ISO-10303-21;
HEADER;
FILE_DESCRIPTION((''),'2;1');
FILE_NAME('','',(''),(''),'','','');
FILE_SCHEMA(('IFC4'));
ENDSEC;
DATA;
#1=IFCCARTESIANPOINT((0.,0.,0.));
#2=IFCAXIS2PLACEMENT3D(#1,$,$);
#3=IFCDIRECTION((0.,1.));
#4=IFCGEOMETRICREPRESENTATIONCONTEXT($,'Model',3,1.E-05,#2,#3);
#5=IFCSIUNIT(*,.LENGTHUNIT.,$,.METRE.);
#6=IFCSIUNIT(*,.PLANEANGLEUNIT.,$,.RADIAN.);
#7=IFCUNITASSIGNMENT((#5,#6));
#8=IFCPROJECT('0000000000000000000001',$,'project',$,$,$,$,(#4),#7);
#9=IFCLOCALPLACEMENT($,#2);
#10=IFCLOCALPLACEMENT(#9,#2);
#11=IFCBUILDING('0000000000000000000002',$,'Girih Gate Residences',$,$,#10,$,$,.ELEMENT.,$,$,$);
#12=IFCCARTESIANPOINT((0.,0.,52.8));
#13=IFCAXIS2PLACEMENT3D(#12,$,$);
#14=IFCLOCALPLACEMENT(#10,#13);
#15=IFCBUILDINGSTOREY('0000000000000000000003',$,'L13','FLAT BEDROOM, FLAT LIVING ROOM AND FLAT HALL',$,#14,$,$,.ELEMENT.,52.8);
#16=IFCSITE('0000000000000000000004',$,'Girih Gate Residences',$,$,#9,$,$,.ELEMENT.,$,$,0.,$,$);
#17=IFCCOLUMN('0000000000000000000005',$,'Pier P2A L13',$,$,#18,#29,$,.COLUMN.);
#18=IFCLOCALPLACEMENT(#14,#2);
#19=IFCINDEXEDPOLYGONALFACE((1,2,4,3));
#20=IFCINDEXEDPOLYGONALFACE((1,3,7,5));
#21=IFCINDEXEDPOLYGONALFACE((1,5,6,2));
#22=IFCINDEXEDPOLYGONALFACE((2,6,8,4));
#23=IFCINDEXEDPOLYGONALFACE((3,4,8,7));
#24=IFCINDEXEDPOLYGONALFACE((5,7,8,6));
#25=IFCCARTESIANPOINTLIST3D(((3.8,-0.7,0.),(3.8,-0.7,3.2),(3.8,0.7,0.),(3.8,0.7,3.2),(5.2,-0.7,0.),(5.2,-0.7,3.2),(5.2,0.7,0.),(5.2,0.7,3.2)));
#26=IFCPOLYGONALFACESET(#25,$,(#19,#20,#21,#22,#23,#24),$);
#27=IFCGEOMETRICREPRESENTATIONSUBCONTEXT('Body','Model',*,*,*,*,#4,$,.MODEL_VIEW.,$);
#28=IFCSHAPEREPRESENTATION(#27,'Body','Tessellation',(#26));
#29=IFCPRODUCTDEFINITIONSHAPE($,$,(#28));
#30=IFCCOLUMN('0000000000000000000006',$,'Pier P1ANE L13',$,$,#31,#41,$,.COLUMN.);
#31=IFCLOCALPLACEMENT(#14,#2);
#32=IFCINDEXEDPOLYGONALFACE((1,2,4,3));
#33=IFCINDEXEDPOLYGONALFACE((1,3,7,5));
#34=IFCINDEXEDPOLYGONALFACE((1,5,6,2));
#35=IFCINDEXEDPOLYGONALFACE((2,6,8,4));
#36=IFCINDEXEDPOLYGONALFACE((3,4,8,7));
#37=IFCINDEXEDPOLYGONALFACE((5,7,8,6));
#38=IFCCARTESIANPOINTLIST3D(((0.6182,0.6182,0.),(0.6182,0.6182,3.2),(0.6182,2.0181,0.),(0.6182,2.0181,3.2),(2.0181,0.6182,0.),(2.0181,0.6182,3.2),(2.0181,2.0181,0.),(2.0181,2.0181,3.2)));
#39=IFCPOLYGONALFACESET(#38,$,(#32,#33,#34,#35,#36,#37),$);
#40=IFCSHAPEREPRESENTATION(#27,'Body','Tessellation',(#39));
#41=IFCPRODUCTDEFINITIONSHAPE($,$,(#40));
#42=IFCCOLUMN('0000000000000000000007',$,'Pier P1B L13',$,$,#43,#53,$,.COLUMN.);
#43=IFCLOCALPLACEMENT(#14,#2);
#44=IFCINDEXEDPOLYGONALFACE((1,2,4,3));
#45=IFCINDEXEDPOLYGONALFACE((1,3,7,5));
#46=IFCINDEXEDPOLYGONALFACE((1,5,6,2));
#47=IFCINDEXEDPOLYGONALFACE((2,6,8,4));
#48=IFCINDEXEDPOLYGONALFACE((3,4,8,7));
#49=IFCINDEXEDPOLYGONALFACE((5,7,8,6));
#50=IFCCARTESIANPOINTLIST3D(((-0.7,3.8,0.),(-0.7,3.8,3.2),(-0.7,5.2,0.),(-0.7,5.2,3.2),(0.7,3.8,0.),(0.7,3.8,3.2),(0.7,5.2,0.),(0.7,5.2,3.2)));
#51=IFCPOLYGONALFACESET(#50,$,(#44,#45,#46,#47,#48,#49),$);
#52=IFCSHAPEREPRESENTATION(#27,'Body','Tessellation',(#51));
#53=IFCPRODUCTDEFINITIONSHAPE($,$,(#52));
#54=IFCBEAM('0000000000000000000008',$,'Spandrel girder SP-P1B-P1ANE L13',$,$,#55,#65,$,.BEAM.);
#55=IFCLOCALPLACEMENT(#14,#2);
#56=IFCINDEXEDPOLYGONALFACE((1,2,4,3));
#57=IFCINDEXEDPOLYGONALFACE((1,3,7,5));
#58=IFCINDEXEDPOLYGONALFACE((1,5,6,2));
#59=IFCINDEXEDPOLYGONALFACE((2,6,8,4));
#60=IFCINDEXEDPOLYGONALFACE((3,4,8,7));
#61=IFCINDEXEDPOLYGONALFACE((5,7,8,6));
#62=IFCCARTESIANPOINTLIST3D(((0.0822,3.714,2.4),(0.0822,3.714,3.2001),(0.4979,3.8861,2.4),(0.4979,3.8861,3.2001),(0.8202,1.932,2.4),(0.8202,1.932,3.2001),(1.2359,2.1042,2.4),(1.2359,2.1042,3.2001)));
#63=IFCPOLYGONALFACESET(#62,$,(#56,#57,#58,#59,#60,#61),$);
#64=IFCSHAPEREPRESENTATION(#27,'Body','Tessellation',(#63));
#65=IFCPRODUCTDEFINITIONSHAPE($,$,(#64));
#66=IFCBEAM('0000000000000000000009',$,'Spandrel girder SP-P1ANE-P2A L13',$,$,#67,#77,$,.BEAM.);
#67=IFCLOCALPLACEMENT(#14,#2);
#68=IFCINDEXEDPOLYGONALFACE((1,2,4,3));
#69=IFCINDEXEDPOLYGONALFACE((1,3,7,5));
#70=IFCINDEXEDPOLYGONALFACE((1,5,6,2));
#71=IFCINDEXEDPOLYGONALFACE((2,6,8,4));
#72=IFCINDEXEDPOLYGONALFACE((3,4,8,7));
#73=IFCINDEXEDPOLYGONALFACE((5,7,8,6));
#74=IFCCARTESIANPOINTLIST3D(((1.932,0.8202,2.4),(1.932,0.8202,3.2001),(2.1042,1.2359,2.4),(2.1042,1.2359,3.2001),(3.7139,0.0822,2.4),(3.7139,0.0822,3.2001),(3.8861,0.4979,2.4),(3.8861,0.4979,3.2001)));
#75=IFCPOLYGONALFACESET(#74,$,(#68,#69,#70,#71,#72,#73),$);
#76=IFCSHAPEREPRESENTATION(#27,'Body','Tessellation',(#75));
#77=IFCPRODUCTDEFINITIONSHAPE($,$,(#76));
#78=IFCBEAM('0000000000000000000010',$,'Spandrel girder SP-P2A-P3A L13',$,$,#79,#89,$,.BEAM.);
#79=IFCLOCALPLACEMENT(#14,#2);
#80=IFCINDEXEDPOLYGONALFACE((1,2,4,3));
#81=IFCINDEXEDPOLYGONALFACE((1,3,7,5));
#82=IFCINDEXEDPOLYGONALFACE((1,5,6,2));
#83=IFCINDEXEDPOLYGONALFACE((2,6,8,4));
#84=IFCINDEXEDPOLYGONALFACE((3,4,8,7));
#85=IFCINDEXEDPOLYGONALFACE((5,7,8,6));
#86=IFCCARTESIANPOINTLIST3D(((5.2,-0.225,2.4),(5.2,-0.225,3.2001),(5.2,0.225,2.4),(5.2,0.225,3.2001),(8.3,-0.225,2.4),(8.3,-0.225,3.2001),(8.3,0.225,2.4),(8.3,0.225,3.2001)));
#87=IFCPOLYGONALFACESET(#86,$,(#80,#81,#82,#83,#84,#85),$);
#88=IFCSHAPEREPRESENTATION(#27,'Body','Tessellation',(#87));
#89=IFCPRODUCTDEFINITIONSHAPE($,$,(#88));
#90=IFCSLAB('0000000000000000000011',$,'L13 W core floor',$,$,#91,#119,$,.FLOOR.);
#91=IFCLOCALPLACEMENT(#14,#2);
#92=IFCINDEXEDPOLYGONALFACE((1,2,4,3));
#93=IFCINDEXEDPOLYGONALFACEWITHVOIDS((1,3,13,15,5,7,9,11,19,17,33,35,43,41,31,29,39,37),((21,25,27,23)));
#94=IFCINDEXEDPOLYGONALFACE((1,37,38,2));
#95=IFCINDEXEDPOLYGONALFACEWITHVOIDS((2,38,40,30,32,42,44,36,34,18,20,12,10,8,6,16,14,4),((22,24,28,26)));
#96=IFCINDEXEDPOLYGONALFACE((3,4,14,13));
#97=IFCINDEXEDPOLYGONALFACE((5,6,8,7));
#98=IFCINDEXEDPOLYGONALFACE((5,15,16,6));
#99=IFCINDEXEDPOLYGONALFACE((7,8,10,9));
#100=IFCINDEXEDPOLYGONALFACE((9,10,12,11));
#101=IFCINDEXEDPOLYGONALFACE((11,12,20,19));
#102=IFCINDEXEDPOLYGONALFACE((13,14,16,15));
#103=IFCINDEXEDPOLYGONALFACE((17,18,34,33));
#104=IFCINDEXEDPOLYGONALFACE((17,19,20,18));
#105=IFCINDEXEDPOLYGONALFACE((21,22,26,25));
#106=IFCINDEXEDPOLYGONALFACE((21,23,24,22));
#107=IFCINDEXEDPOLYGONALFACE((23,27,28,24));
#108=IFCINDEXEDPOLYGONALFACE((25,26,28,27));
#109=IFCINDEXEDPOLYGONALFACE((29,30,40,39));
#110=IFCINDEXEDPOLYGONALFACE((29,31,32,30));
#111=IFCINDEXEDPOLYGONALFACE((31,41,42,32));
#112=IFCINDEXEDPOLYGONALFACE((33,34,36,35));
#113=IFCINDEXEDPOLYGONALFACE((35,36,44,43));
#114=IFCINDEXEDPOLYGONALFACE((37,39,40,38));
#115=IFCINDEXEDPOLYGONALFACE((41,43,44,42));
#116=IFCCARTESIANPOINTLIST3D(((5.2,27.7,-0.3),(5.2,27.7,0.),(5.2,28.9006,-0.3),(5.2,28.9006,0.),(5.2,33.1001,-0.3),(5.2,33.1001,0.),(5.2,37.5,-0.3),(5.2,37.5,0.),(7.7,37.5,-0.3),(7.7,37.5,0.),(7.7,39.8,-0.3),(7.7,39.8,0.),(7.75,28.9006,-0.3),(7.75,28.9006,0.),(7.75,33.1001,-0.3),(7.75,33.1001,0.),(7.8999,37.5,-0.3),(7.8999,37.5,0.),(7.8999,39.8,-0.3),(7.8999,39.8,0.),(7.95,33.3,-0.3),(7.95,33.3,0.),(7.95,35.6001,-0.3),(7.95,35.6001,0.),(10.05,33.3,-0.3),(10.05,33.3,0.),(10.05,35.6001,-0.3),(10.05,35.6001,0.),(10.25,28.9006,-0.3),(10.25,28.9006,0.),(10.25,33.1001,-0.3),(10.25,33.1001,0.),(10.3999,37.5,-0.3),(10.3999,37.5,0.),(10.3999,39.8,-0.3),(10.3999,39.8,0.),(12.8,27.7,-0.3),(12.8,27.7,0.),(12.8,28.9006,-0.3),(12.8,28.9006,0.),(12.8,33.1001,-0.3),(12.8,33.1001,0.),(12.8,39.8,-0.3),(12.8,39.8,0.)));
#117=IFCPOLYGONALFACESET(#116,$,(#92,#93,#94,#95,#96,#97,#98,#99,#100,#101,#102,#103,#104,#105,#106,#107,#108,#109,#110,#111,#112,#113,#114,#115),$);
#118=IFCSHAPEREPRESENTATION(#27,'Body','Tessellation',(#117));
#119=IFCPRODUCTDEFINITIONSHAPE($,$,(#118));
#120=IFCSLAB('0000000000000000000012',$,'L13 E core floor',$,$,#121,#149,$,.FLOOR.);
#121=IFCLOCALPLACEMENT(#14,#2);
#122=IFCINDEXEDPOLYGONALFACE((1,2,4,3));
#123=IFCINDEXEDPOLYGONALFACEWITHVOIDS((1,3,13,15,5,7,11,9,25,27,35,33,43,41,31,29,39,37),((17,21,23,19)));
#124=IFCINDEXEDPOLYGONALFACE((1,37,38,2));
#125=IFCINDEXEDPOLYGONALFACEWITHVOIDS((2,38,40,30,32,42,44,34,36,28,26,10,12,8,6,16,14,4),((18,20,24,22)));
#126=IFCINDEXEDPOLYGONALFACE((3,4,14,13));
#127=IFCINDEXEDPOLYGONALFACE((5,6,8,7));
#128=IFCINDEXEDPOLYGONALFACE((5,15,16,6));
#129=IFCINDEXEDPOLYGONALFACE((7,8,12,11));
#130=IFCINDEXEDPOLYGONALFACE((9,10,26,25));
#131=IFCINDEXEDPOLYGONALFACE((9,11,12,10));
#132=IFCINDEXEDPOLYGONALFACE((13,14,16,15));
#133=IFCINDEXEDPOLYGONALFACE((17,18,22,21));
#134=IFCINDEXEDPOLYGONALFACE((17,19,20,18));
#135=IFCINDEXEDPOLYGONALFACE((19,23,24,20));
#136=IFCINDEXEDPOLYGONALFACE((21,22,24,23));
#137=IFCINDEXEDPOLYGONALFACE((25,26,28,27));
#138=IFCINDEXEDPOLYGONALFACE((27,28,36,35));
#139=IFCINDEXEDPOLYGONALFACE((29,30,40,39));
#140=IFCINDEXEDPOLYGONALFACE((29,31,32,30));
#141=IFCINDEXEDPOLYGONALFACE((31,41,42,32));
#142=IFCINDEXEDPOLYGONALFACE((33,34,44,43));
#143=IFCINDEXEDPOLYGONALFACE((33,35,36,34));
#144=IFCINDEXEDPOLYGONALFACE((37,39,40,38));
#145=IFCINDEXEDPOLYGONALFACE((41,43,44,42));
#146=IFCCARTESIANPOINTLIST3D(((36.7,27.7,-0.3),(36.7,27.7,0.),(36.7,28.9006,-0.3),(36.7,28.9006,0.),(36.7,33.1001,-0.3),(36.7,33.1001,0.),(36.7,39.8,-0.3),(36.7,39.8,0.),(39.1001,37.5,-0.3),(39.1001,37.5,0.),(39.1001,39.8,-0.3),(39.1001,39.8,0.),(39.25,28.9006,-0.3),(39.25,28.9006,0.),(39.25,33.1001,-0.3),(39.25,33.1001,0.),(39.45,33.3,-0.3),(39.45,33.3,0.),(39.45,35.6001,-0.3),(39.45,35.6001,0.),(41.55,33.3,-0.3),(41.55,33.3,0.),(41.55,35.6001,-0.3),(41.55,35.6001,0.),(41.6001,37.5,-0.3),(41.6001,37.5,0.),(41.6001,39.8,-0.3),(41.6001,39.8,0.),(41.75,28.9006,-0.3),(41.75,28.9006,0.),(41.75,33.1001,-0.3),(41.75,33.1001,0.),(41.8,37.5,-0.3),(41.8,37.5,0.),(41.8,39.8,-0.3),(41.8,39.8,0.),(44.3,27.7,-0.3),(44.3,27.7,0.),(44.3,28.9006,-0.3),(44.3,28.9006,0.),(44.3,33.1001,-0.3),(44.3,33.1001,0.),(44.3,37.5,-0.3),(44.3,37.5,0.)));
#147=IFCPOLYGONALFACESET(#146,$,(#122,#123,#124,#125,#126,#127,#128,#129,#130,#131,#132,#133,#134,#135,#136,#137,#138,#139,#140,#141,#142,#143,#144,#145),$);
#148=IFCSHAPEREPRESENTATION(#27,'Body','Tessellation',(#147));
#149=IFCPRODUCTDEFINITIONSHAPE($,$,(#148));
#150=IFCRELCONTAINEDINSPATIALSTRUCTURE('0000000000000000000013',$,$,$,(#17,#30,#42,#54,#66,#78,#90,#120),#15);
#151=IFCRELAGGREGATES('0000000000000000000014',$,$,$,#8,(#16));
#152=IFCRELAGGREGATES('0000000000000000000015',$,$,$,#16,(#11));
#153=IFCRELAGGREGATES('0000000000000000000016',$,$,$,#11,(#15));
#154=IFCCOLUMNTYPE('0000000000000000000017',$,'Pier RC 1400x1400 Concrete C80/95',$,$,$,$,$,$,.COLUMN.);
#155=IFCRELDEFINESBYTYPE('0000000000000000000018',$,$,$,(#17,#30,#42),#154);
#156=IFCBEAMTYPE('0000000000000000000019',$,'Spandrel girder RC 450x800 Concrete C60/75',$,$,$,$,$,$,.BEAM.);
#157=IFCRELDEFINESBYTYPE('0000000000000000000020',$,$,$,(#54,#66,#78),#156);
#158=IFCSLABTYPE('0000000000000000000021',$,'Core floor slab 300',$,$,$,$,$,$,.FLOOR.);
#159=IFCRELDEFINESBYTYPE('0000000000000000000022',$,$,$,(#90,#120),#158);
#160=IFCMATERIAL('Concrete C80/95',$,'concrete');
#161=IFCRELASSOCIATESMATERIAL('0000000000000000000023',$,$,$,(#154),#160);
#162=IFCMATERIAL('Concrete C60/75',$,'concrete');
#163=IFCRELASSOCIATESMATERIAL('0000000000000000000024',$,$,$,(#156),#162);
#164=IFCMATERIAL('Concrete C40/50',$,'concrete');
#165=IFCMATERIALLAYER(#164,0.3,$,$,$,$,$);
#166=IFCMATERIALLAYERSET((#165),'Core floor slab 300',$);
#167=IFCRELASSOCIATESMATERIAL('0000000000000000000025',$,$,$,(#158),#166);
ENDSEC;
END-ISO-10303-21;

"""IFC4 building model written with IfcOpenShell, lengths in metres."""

from ifc_helpers import new_model, si_unit, direction, frame, origin, origin_2d, place, context, subcontext, project, spatial, polyline, rectangle, outline, extrude, material, layer, layer_set, material_profile, profile_set, type_object, element, save


model = new_model("IFC4")

# Units and contexts
model_context = context("Model", 3, precision=1e-05, world=origin(), true_north=direction((0.0, 1.0)))
body_context = subcontext(model_context, "Body", "Model", "MODEL_VIEW")
ifc_project = project(units=[si_unit("LENGTHUNIT", "METRE"), si_unit("PLANEANGLEUNIT", "RADIAN")], contexts=[model_context])

# Site, building, storey
site_placement = place(None, origin())
site = spatial("IfcSite", under=ifc_project, at=site_placement, Name="Girih Gate Residences", CompositionType="ELEMENT", RefElevation=0.0)
building_placement = place(site_placement, origin())
building = spatial("IfcBuilding", under=site, at=building_placement, Name="Girih Gate Residences", CompositionType="ELEMENT")
storey_placement = place(building_placement, frame((0.0, 0.0, 52.8)))
storey = spatial("IfcBuildingStorey", under=building, at=storey_placement, Name="L13", Description="FLAT BEDROOM, FLAT LIVING ROOM AND FLAT HALL", CompositionType="ELEMENT", Elevation=52.8)

# Columns
ifc_material_1 = material(Name="Concrete C80/95", Category="concrete")
ifc_material_profile_1 = material_profile(ifc_material_1, rectangle(XDim=1.3999, YDim=1.3999, at=origin_2d()))
ifc_profile_set_1 = profile_set([ifc_material_profile_1], Name="Concrete C80/95")
column_type = type_object("IfcColumnType", Name="Pier RC 1400x1400 Concrete C80/95", PredefinedType="COLUMN", material=ifc_profile_set_1)
for number, where, z_axis, x_axis, name in (
    (1, (4.5, 0.0, 0.0), (0.0, 0.0, 1.0), (1.0, 0.0, 0.0), "Pier P2A L13"),
    (2, (1.3181, 1.3181, 0.0), (0.0, 0.0, 1.0), (1.0, 0.0, 0.0), "Pier P1ANE L13"),
    (3, (0.0, 4.5, 0.0), (0.0, 0.0, 1.0), (1.0, 0.0, 0.0), "Pier P1B L13"),
):
    element("IfcColumn", number, at=place(storey_placement, frame(where, z_axis=z_axis, x_axis=x_axis)), inside=storey, type_object=column_type, Name=name, PredefinedType="COLUMN", context=body_context, shape_type="SweptSolid", body=[
        extrude(rectangle(XDim=1.3999, YDim=1.3999, at=origin_2d()), origin(), (0.0, 0.0, 1.0), 3.2),
    ])

# Beams
ifc_material_2 = material(Name="Concrete C60/75", Category="concrete")
ifc_material_profile_2 = material_profile(ifc_material_2, rectangle(XDim=0.45, YDim=0.8, at=origin_2d()))
ifc_profile_set_2 = profile_set([ifc_material_profile_2], Name="Concrete C60/75")
beam_type = type_object("IfcBeamType", Name="Spandrel girder RC 450x800 Concrete C60/75", PredefinedType="BEAM", material=ifc_profile_set_2)
for number, where, z_axis, x_axis, name in (
    (4, (0.29, 3.8, 2.8), (0.382646, -0.923895, 0.0), (0.923895, 0.382646, 0.0), "Spandrel girder SP-P1B-P1ANE L13"),
    (5, (2.0181, 1.0281, 2.8), (0.923895, -0.382646, 0.0), (0.382646, 0.923895, 0.0), "Spandrel girder SP-P1ANE-P2A L13"),
):
    element("IfcBeam", number, at=place(storey_placement, frame(where, z_axis=z_axis, x_axis=x_axis)), inside=storey, type_object=beam_type, Name=name, PredefinedType="BEAM", context=body_context, shape_type="SweptSolid", body=[
        extrude(rectangle(XDim=0.45, YDim=0.8, at=origin_2d()), origin(), (0.0, 0.0, 1.0), 1.9287),
    ])
beam_placement = place(storey_placement, frame((5.2, 0.0, 2.8), z_axis=(1.0, 0.0, 0.0), x_axis=(0.0, 1.0, 0.0)))
element("IfcBeam", 6, at=beam_placement, inside=storey, type_object=beam_type, Name="Spandrel girder SP-P2A-P3A L13", PredefinedType="BEAM", context=body_context, shape_type="SweptSolid", body=[
    extrude(rectangle(XDim=0.45, YDim=0.8, at=origin_2d()), origin(), (0.0, 0.0, 1.0), 3.1001),
])

# Slabs
ifc_material_3 = material(Name="Concrete C40/50", Category="concrete")
ifc_layer_1 = layer(ifc_material_3, 0.3)
ifc_layer_set_1 = layer_set([ifc_layer_1], Name="Core floor slab 300")
slab_type_1 = type_object("IfcSlabType", Name="Core floor slab 300", PredefinedType="FLOOR", material=ifc_layer_set_1)
slab_1_placement = place(storey_placement, frame((0.0, 0.0, -0.3)))
element("IfcSlab", 7, at=slab_1_placement, inside=storey, type_object=slab_type_1, Name="L13 W core floor", PredefinedType="FLOOR", context=body_context, shape_type="SweptSolid", body=[
    extrude(outline(polyline([(12.8, 27.7), (5.2, 27.7), (5.2, 28.9006), (7.75, 28.9006), (7.75, 33.1001), (5.2, 33.1001), (5.2, 37.5), (7.7, 37.5), (7.7, 39.8), (7.8999, 39.8), (7.8999, 37.5), (10.3999, 37.5), (10.3999, 39.8), (12.8, 39.8), (12.8, 33.1001), (10.25, 33.1001), (10.25, 28.9006), (12.8, 28.9006), (12.8, 27.7)]), holes=[polyline([(7.95, 33.3), (10.05, 33.3), (10.05, 35.6001), (7.95, 35.6001), (7.95, 33.3)])]), origin(), (0.0, 0.0, 1.0), 0.3),
])
slab_2_placement = place(storey_placement, frame((0.0, 0.0, -0.3)))
element("IfcSlab", 8, at=slab_2_placement, inside=storey, type_object=slab_type_1, Name="L13 E core floor", PredefinedType="FLOOR", context=body_context, shape_type="SweptSolid", body=[
    extrude(outline(polyline([(44.3, 27.7), (36.7, 27.7), (36.7, 28.9006), (39.25, 28.9006), (39.25, 33.1001), (36.7, 33.1001), (36.7, 39.8), (39.1001, 39.8), (39.1001, 37.5), (41.6001, 37.5), (41.6001, 39.8), (41.8, 39.8), (41.8, 37.5), (44.3, 37.5), (44.3, 33.1001), (41.75, 33.1001), (41.75, 28.9006), (44.3, 28.9006), (44.3, 27.7)]), holes=[polyline([(39.45, 33.3), (41.55, 33.3), (41.55, 35.6001), (39.45, 35.6001), (39.45, 33.3)])]), origin(), (0.0, 0.0, 1.0), 0.3),
])

save(model, "model.ifc")
